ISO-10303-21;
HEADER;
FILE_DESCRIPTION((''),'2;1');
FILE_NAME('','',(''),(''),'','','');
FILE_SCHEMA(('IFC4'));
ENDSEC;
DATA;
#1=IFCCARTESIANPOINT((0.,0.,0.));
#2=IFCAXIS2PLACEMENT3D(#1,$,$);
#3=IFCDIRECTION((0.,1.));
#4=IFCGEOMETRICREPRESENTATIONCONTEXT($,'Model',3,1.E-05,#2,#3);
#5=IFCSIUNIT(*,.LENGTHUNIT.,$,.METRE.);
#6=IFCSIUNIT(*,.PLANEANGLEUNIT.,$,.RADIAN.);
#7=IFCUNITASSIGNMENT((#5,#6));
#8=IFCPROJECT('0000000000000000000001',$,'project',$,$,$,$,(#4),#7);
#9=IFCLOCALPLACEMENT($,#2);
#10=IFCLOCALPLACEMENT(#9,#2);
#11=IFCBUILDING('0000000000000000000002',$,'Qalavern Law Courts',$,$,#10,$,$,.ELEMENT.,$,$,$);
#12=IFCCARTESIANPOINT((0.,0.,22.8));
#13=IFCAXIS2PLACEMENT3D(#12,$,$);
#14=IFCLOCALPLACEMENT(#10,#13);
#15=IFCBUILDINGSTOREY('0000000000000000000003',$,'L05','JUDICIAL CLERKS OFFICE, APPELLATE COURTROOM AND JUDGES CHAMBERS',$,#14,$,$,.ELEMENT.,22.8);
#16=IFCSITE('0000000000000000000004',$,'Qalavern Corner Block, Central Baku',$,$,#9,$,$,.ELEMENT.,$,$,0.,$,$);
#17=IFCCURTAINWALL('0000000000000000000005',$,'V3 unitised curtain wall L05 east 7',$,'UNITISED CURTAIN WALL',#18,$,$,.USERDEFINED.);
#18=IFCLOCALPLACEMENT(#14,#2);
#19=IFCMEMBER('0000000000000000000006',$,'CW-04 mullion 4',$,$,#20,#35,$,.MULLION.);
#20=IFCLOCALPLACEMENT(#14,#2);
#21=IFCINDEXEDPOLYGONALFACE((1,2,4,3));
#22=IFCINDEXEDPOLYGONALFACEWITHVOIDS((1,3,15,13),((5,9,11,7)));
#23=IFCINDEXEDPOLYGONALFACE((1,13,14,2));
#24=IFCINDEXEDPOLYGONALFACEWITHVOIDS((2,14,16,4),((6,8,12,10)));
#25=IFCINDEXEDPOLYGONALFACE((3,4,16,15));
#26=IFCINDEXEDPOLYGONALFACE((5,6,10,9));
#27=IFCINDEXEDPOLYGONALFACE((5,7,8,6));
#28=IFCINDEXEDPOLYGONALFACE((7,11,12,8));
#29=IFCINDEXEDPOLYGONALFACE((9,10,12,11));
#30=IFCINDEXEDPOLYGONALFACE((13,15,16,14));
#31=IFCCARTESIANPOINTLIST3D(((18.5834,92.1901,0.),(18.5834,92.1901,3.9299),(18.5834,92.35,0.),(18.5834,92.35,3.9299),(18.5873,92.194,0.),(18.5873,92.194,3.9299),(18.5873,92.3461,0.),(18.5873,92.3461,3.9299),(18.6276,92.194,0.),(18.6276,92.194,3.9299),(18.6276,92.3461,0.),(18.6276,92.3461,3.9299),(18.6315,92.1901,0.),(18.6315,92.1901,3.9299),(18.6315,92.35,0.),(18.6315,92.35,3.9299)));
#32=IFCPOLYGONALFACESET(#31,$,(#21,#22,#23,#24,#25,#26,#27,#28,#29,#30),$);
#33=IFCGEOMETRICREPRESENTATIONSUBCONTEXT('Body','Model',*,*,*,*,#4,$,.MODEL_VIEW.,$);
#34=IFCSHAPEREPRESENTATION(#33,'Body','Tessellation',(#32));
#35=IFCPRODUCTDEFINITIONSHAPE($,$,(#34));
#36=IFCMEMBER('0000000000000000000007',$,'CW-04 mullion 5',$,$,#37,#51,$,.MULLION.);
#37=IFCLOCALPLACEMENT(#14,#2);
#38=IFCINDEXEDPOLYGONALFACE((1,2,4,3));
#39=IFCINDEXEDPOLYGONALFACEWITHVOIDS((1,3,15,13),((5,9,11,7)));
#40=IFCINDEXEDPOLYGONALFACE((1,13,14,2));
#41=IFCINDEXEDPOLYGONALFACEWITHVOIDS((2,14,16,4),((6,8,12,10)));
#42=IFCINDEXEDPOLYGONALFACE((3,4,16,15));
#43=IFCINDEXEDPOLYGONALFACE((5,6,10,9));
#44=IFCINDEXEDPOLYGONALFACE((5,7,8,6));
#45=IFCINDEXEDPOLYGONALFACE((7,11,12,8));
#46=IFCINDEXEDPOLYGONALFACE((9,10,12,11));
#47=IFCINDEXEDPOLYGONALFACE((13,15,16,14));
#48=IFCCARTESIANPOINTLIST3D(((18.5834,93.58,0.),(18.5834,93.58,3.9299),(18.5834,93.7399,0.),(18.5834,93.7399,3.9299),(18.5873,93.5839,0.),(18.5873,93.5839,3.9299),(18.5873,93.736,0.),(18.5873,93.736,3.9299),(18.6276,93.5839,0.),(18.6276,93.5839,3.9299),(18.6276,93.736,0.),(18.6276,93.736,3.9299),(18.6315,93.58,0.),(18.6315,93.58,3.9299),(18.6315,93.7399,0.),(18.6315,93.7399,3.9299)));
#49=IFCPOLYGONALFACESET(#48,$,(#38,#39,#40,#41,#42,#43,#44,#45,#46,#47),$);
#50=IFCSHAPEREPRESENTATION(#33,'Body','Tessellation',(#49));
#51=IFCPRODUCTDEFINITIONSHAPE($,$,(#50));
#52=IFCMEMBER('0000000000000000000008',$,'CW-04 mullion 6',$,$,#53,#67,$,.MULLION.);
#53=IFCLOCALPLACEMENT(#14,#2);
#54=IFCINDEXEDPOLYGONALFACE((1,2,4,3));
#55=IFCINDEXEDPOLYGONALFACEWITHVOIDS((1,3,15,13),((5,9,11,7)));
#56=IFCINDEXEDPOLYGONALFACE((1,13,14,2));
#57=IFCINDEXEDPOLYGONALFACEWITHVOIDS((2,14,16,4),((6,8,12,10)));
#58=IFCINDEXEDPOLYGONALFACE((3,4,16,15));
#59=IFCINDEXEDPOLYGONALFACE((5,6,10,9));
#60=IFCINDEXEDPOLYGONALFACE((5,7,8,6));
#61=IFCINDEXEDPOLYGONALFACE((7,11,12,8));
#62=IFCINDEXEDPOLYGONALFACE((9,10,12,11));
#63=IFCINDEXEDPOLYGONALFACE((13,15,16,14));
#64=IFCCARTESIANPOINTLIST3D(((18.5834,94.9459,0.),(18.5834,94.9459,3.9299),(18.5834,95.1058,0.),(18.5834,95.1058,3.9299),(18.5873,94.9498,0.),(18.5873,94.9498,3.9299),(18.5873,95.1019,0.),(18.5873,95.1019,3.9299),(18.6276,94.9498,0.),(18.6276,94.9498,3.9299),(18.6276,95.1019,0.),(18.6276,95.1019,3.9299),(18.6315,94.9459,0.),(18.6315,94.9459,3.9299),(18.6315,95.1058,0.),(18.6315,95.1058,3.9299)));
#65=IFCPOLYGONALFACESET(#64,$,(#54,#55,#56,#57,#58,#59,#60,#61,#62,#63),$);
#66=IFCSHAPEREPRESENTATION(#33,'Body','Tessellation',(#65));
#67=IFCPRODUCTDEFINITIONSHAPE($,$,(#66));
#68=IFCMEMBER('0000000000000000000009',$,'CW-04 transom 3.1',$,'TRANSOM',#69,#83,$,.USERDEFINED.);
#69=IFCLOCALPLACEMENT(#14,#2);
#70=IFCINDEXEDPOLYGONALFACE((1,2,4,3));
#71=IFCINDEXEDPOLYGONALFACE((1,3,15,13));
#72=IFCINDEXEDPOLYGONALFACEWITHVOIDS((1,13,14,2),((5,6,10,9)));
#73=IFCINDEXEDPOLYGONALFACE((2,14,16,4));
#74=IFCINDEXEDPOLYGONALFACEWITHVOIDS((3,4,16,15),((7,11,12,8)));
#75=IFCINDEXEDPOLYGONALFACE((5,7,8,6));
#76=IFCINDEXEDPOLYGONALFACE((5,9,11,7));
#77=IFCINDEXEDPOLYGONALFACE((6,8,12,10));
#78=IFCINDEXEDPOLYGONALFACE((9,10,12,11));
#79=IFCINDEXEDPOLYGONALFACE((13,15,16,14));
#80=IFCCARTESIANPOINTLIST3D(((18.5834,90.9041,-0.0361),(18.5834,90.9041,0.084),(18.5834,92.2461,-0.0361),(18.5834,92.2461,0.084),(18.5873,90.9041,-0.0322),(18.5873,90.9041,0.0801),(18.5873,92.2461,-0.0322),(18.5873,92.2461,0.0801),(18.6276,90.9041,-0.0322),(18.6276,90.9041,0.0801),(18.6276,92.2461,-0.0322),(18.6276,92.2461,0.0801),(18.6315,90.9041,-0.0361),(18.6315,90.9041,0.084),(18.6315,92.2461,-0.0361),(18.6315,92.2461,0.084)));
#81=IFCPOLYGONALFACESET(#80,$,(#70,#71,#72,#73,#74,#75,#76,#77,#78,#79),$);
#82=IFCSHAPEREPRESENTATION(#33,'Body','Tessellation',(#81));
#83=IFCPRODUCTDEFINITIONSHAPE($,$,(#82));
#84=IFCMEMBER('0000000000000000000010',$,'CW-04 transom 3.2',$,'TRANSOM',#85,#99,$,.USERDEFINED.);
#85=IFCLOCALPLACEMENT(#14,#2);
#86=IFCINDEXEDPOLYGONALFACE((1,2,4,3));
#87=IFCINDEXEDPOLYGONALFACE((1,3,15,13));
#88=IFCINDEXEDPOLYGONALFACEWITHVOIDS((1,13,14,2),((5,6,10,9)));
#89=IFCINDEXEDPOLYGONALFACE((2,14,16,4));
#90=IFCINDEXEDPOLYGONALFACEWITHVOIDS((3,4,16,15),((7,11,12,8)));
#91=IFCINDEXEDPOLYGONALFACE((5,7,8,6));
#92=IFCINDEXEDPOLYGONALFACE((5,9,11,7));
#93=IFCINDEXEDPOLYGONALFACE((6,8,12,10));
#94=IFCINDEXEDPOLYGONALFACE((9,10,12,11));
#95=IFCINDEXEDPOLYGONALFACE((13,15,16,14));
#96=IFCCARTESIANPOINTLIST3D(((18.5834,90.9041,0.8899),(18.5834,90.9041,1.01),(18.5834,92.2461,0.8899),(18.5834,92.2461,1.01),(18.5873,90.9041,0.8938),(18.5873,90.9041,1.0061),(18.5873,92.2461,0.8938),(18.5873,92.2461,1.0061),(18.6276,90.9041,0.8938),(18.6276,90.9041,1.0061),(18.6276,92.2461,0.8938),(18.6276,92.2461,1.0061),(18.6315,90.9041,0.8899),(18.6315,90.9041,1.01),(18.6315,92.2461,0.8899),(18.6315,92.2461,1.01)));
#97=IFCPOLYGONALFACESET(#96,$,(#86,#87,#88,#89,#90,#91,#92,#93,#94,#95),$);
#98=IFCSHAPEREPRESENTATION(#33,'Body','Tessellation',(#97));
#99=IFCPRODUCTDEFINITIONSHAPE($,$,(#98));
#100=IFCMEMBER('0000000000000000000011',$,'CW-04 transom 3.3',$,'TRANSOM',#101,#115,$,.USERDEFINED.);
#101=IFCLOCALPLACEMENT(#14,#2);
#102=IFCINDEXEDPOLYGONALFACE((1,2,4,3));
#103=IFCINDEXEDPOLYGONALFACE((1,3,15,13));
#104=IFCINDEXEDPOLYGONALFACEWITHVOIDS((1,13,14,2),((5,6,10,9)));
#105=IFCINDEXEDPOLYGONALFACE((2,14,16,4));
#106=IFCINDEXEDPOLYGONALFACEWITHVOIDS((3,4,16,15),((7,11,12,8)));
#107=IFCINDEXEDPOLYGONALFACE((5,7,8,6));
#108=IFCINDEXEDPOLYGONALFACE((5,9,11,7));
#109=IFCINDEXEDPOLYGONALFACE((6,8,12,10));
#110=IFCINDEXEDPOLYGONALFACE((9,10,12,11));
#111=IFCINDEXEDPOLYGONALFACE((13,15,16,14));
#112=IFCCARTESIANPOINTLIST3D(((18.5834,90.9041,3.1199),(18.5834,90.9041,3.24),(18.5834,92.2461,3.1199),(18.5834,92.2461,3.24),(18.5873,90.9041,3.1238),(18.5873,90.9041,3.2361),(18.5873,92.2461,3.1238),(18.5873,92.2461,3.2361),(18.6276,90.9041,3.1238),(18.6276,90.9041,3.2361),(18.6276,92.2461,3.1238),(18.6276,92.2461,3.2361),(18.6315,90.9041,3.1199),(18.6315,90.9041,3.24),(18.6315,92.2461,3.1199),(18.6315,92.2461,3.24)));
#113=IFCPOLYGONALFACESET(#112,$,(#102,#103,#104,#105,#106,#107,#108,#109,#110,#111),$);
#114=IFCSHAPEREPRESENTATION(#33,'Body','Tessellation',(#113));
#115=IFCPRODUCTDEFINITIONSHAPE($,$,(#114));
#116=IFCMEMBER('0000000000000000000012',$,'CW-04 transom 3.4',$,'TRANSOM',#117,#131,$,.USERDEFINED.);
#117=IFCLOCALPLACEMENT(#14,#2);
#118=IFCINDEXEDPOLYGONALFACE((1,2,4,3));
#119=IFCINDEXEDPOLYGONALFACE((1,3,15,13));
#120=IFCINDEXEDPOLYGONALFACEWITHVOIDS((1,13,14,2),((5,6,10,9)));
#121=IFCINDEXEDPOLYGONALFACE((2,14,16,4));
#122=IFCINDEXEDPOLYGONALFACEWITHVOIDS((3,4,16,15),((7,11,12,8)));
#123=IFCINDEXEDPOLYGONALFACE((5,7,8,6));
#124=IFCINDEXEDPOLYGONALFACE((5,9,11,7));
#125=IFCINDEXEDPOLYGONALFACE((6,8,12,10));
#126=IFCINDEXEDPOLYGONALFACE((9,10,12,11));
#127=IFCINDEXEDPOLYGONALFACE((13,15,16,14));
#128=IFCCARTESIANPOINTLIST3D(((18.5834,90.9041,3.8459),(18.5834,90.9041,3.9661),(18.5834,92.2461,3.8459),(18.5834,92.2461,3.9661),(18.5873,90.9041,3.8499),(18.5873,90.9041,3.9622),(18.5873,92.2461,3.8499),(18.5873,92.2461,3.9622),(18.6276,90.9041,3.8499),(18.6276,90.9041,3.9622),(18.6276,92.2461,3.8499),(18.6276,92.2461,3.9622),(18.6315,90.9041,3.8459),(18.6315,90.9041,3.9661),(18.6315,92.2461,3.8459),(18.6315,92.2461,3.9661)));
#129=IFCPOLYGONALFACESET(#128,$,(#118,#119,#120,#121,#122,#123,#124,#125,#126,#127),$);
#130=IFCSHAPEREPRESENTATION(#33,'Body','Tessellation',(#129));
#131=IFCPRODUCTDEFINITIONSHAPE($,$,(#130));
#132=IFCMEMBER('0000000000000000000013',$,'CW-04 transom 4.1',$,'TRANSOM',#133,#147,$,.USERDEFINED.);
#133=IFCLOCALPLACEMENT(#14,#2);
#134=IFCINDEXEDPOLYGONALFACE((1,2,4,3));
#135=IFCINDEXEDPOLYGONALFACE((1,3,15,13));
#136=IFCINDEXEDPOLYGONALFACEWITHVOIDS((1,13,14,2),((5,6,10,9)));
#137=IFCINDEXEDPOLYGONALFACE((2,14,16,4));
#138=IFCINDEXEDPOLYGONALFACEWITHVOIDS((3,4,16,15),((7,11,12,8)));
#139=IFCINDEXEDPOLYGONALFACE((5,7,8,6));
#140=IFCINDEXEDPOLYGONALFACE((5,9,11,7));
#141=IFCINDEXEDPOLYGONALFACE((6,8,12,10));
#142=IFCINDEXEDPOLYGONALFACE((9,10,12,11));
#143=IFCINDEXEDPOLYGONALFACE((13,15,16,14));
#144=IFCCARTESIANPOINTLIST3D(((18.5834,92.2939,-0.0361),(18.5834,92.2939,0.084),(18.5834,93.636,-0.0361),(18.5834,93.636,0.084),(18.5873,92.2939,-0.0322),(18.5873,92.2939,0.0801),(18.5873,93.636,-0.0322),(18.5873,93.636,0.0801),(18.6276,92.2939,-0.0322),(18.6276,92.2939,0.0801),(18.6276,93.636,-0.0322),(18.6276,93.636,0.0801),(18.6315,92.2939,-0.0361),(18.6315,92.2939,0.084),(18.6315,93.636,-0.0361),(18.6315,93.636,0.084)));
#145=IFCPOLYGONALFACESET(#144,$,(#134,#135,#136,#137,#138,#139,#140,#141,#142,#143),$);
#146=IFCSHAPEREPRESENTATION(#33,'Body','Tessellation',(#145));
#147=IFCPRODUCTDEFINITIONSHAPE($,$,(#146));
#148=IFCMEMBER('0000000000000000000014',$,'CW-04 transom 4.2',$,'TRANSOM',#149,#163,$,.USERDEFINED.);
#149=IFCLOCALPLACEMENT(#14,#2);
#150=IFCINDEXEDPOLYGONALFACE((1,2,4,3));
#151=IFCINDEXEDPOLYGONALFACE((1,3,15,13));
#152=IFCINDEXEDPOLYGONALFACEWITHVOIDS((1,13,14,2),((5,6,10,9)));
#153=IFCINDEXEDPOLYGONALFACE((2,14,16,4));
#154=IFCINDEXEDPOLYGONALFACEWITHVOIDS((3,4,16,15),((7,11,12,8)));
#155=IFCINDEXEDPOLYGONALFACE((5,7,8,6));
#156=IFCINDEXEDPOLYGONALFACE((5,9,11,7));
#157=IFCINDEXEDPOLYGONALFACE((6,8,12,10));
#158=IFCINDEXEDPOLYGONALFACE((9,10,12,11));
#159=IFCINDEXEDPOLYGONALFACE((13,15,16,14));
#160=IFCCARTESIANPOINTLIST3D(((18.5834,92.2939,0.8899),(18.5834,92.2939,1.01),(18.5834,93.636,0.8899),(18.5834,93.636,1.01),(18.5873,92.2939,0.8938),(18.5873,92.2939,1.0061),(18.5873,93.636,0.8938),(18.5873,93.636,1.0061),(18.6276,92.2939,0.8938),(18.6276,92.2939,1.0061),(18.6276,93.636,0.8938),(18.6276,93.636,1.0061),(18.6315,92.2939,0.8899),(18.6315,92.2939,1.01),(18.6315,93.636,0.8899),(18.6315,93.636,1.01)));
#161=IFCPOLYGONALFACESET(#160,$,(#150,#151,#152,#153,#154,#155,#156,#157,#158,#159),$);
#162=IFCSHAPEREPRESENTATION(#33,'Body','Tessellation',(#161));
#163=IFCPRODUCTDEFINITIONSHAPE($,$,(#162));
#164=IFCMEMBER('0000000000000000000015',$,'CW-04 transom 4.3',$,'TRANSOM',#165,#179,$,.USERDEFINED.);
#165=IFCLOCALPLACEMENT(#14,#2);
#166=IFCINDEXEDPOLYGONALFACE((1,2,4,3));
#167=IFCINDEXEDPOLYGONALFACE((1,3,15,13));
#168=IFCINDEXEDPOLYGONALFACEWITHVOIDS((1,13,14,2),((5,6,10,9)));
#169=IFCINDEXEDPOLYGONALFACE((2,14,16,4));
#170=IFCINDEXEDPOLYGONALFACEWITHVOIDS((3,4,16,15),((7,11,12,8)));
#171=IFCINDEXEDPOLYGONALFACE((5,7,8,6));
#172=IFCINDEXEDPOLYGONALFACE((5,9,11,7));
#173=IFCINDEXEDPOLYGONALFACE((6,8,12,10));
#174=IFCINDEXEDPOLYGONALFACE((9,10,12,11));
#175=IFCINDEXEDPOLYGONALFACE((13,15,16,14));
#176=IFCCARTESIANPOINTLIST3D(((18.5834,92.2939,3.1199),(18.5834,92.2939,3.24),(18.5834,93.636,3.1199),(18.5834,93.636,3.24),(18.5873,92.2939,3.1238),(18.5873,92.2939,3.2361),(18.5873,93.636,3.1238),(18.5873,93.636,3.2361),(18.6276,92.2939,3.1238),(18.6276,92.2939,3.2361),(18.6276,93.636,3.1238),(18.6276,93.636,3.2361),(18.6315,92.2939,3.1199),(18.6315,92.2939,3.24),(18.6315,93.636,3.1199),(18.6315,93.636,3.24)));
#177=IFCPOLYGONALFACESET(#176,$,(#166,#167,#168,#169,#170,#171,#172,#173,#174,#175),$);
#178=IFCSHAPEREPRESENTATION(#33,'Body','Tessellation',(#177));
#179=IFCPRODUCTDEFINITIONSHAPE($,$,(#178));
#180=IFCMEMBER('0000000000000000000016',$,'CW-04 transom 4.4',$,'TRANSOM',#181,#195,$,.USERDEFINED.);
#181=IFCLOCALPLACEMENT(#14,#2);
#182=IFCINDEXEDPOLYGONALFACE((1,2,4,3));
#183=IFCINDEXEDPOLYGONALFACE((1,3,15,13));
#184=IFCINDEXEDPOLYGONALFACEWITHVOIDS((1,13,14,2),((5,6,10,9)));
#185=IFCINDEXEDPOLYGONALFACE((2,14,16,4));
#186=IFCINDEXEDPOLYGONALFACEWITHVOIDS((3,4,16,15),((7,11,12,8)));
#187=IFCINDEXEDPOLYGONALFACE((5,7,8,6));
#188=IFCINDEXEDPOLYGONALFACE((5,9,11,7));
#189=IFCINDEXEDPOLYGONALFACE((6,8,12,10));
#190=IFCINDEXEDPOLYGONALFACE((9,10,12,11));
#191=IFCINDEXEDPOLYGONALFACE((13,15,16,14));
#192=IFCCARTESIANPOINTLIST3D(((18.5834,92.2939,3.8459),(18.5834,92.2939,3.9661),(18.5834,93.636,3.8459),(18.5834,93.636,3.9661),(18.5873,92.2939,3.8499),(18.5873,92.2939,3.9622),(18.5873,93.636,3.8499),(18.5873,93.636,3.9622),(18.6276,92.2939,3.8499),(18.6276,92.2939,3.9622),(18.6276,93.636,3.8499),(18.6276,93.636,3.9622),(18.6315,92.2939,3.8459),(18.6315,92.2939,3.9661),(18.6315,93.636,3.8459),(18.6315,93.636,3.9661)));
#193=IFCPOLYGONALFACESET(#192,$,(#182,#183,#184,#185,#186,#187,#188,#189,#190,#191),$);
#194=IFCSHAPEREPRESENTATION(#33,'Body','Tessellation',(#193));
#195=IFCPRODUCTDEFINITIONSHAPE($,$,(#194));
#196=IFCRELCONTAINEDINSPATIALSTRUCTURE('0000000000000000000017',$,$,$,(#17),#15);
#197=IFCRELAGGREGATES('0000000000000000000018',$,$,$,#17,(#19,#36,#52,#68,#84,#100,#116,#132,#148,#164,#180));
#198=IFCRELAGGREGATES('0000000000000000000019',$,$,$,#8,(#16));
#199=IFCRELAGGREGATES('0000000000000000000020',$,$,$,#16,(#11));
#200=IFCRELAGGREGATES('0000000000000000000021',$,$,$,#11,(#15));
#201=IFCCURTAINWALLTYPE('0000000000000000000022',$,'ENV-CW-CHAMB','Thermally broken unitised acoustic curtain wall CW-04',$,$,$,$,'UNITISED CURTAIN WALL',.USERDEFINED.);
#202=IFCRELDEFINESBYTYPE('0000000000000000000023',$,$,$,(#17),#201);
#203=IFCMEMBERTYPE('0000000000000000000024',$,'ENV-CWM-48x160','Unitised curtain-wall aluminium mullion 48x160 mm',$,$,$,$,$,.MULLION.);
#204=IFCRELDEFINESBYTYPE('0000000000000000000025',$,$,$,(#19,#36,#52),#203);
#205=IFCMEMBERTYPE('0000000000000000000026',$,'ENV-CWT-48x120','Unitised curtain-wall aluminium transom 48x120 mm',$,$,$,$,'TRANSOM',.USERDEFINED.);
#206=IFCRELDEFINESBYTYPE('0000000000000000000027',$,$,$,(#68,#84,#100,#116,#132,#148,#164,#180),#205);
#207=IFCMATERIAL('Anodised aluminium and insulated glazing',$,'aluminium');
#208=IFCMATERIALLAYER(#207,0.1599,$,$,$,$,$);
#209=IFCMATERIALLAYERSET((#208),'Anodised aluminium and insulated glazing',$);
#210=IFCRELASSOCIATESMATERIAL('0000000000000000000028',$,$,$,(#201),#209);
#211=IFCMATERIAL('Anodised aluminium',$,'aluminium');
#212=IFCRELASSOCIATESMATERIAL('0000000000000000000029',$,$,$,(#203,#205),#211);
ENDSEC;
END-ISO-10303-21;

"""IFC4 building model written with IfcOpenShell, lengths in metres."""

from ifc_helpers import new_model, si_unit, direction, frame, origin, origin_2d, place, context, subcontext, project, spatial, hollow_rectangle, extrude, material, layer, layer_set, material_profile, profile_set, type_object, element, aggregate, save


model = new_model("IFC4")

# Units and contexts
model_context = context("Model", 3, precision=1e-05, world=origin(), true_north=direction((0.0, 1.0)))
body_context = subcontext(model_context, "Body", "Model", "MODEL_VIEW")
ifc_project = project(units=[si_unit("LENGTHUNIT", "METRE"), si_unit("PLANEANGLEUNIT", "RADIAN")], contexts=[model_context])

# Site, building, storey
site_placement = place(None, origin())
site = spatial("IfcSite", under=ifc_project, at=site_placement, Name="Qalavern Corner Block, Central Baku", CompositionType="ELEMENT", RefElevation=0.0)
building_placement = place(site_placement, origin())
building = spatial("IfcBuilding", under=site, at=building_placement, Name="Qalavern Law Courts", CompositionType="ELEMENT")
storey_placement = place(building_placement, frame((0.0, 0.0, 22.8)))
storey = spatial("IfcBuildingStorey", under=building, at=storey_placement, Name="L05", Description="JUDICIAL CLERKS OFFICE, APPELLATE COURTROOM AND JUDGES CHAMBERS", CompositionType="ELEMENT", Elevation=22.8)

# Curtain wall, members
ifc_material_1 = material(Name="Anodised aluminium and insulated glazing", Category="aluminium")
ifc_layer_1 = layer(ifc_material_1, 0.1599)
ifc_layer_set_1 = layer_set([ifc_layer_1], Name="Anodised aluminium and insulated glazing")
curtain_wall_type = type_object("IfcCurtainWallType", Name="ENV-CW-CHAMB", Description="Thermally broken unitised acoustic curtain wall CW-04", ElementType="UNITISED CURTAIN WALL", PredefinedType="USERDEFINED", material=ifc_layer_set_1)
curtain_wall_placement = place(storey_placement, origin())
curtain_wall = element("IfcCurtainWall", 1, at=curtain_wall_placement, inside=storey, type_object=curtain_wall_type, Name="V3 unitised curtain wall L05 east 7", ObjectType="UNITISED CURTAIN WALL", PredefinedType="USERDEFINED")
ifc_material_2 = material(Name="Anodised aluminium", Category="aluminium")
ifc_material_profile_1 = material_profile(ifc_material_2, hollow_rectangle(XDim=0.0481, YDim=0.1599, WallThickness=0.0039, at=origin_2d()), Name="ALU MULLION 48x160")
ifc_profile_set_1 = profile_set([ifc_material_profile_1], Name="Anodised aluminium")
member_type_1 = type_object("IfcMemberType", Name="ENV-CWM-48x160", Description="Unitised curtain-wall aluminium mullion 48x160 mm", PredefinedType="MULLION", material=ifc_profile_set_1)
member_1_placement = place(storey_placement, frame((18.6074, 92.27, 0.0), z_axis=(0.0, 0.0, 1.0), x_axis=(-1.0, 0.0, 0.0)))
member_1 = element("IfcMember", 2, at=member_1_placement, type_object=member_type_1, Name="CW-04 mullion 4", PredefinedType="MULLION", context=body_context, shape_type="SweptSolid", body=[
    extrude(hollow_rectangle(XDim=0.0481, YDim=0.1599, WallThickness=0.0039, at=origin_2d()), origin(), (0.0, 0.0, 1.0), 3.9299),
])
member_2_placement = place(storey_placement, frame((18.6074, 93.6599, 0.0), z_axis=(0.0, 0.0, 1.0), x_axis=(-1.0, 0.0, 0.0)))
member_2 = element("IfcMember", 3, at=member_2_placement, type_object=member_type_1, Name="CW-04 mullion 5", PredefinedType="MULLION", context=body_context, shape_type="SweptSolid", body=[
    extrude(hollow_rectangle(XDim=0.0481, YDim=0.1599, WallThickness=0.0039, at=origin_2d()), origin(), (0.0, 0.0, 1.0), 3.9299),
])
member_3_placement = place(storey_placement, frame((18.6074, 95.0259, 0.0), z_axis=(0.0, 0.0, 1.0), x_axis=(-1.0, 0.0, 0.0)))
member_3 = element("IfcMember", 4, at=member_3_placement, type_object=member_type_1, Name="CW-04 mullion 6", PredefinedType="MULLION", context=body_context, shape_type="SweptSolid", body=[
    extrude(hollow_rectangle(XDim=0.0481, YDim=0.1599, WallThickness=0.0039, at=origin_2d()), origin(), (0.0, 0.0, 1.0), 3.9299),
])
ifc_material_profile_2 = material_profile(ifc_material_2, hollow_rectangle(XDim=0.0481, YDim=0.1201, WallThickness=0.0039, at=origin_2d()), Name="ALU TRANSOM 48x120")
ifc_profile_set_2 = profile_set([ifc_material_profile_2], Name="Anodised aluminium")
member_type_2 = type_object("IfcMemberType", Name="ENV-CWT-48x120", Description="Unitised curtain-wall aluminium transom 48x120 mm", ElementType="TRANSOM", PredefinedType="USERDEFINED", material=ifc_profile_set_2)
member_4_placement = place(storey_placement, frame((18.6074, 90.9041, 0.0239), z_axis=(0.0, 1.0, 0.0), x_axis=(-1.0, 0.0, 0.0)))
member_4 = element("IfcMember", 5, at=member_4_placement, type_object=member_type_2, Name="CW-04 transom 3.1", ObjectType="TRANSOM", PredefinedType="USERDEFINED", context=body_context, shape_type="SweptSolid", body=[
    extrude(hollow_rectangle(XDim=0.0481, YDim=0.1201, WallThickness=0.0039, at=origin_2d()), origin(), (0.0, 0.0, 1.0), 1.342),
])
member_5_placement = place(storey_placement, frame((18.6074, 90.9041, 0.95), z_axis=(0.0, 1.0, 0.0), x_axis=(-1.0, 0.0, 0.0)))
member_5 = element("IfcMember", 6, at=member_5_placement, type_object=member_type_2, Name="CW-04 transom 3.2", ObjectType="TRANSOM", PredefinedType="USERDEFINED", context=body_context, shape_type="SweptSolid", body=[
    extrude(hollow_rectangle(XDim=0.0481, YDim=0.1201, WallThickness=0.0039, at=origin_2d()), origin(), (0.0, 0.0, 1.0), 1.342),
])
member_6_placement = place(storey_placement, frame((18.6074, 90.9041, 3.1799), z_axis=(0.0, 1.0, 0.0), x_axis=(-1.0, 0.0, 0.0)))
member_6 = element("IfcMember", 7, at=member_6_placement, type_object=member_type_2, Name="CW-04 transom 3.3", ObjectType="TRANSOM", PredefinedType="USERDEFINED", context=body_context, shape_type="SweptSolid", body=[
    extrude(hollow_rectangle(XDim=0.0481, YDim=0.1201, WallThickness=0.0039, at=origin_2d()), origin(), (0.0, 0.0, 1.0), 1.342),
])
member_7_placement = place(storey_placement, frame((18.6074, 90.9041, 3.906), z_axis=(0.0, 1.0, 0.0), x_axis=(-1.0, 0.0, 0.0)))
member_7 = element("IfcMember", 8, at=member_7_placement, type_object=member_type_2, Name="CW-04 transom 3.4", ObjectType="TRANSOM", PredefinedType="USERDEFINED", context=body_context, shape_type="SweptSolid", body=[
    extrude(hollow_rectangle(XDim=0.0481, YDim=0.1201, WallThickness=0.0039, at=origin_2d()), origin(), (0.0, 0.0, 1.0), 1.342),
])
member_8_placement = place(storey_placement, frame((18.6074, 92.2939, 0.0239), z_axis=(0.0, 1.0, 0.0), x_axis=(-1.0, 0.0, 0.0)))
member_8 = element("IfcMember", 9, at=member_8_placement, type_object=member_type_2, Name="CW-04 transom 4.1", ObjectType="TRANSOM", PredefinedType="USERDEFINED", context=body_context, shape_type="SweptSolid", body=[
    extrude(hollow_rectangle(XDim=0.0481, YDim=0.1201, WallThickness=0.0039, at=origin_2d()), origin(), (0.0, 0.0, 1.0), 1.342),
])
member_9_placement = place(storey_placement, frame((18.6074, 92.2939, 0.95), z_axis=(0.0, 1.0, 0.0), x_axis=(-1.0, 0.0, 0.0)))
member_9 = element("IfcMember", 10, at=member_9_placement, type_object=member_type_2, Name="CW-04 transom 4.2", ObjectType="TRANSOM", PredefinedType="USERDEFINED", context=body_context, shape_type="SweptSolid", body=[
    extrude(hollow_rectangle(XDim=0.0481, YDim=0.1201, WallThickness=0.0039, at=origin_2d()), origin(), (0.0, 0.0, 1.0), 1.342),
])
member_10_placement = place(storey_placement, frame((18.6074, 92.2939, 3.1799), z_axis=(0.0, 1.0, 0.0), x_axis=(-1.0, 0.0, 0.0)))
member_10 = element("IfcMember", 11, at=member_10_placement, type_object=member_type_2, Name="CW-04 transom 4.3", ObjectType="TRANSOM", PredefinedType="USERDEFINED", context=body_context, shape_type="SweptSolid", body=[
    extrude(hollow_rectangle(XDim=0.0481, YDim=0.1201, WallThickness=0.0039, at=origin_2d()), origin(), (0.0, 0.0, 1.0), 1.342),
])
member_11_placement = place(storey_placement, frame((18.6074, 92.2939, 3.906), z_axis=(0.0, 1.0, 0.0), x_axis=(-1.0, 0.0, 0.0)))
member_11 = element("IfcMember", 12, at=member_11_placement, type_object=member_type_2, Name="CW-04 transom 4.4", ObjectType="TRANSOM", PredefinedType="USERDEFINED", context=body_context, shape_type="SweptSolid", body=[
    extrude(hollow_rectangle(XDim=0.0481, YDim=0.1201, WallThickness=0.0039, at=origin_2d()), origin(), (0.0, 0.0, 1.0), 1.342),
])
aggregate(curtain_wall, [member_1, member_2, member_3, member_4, member_5, member_6, member_7, member_8, member_9, member_10, member_11])

save(model, "model.ifc")
